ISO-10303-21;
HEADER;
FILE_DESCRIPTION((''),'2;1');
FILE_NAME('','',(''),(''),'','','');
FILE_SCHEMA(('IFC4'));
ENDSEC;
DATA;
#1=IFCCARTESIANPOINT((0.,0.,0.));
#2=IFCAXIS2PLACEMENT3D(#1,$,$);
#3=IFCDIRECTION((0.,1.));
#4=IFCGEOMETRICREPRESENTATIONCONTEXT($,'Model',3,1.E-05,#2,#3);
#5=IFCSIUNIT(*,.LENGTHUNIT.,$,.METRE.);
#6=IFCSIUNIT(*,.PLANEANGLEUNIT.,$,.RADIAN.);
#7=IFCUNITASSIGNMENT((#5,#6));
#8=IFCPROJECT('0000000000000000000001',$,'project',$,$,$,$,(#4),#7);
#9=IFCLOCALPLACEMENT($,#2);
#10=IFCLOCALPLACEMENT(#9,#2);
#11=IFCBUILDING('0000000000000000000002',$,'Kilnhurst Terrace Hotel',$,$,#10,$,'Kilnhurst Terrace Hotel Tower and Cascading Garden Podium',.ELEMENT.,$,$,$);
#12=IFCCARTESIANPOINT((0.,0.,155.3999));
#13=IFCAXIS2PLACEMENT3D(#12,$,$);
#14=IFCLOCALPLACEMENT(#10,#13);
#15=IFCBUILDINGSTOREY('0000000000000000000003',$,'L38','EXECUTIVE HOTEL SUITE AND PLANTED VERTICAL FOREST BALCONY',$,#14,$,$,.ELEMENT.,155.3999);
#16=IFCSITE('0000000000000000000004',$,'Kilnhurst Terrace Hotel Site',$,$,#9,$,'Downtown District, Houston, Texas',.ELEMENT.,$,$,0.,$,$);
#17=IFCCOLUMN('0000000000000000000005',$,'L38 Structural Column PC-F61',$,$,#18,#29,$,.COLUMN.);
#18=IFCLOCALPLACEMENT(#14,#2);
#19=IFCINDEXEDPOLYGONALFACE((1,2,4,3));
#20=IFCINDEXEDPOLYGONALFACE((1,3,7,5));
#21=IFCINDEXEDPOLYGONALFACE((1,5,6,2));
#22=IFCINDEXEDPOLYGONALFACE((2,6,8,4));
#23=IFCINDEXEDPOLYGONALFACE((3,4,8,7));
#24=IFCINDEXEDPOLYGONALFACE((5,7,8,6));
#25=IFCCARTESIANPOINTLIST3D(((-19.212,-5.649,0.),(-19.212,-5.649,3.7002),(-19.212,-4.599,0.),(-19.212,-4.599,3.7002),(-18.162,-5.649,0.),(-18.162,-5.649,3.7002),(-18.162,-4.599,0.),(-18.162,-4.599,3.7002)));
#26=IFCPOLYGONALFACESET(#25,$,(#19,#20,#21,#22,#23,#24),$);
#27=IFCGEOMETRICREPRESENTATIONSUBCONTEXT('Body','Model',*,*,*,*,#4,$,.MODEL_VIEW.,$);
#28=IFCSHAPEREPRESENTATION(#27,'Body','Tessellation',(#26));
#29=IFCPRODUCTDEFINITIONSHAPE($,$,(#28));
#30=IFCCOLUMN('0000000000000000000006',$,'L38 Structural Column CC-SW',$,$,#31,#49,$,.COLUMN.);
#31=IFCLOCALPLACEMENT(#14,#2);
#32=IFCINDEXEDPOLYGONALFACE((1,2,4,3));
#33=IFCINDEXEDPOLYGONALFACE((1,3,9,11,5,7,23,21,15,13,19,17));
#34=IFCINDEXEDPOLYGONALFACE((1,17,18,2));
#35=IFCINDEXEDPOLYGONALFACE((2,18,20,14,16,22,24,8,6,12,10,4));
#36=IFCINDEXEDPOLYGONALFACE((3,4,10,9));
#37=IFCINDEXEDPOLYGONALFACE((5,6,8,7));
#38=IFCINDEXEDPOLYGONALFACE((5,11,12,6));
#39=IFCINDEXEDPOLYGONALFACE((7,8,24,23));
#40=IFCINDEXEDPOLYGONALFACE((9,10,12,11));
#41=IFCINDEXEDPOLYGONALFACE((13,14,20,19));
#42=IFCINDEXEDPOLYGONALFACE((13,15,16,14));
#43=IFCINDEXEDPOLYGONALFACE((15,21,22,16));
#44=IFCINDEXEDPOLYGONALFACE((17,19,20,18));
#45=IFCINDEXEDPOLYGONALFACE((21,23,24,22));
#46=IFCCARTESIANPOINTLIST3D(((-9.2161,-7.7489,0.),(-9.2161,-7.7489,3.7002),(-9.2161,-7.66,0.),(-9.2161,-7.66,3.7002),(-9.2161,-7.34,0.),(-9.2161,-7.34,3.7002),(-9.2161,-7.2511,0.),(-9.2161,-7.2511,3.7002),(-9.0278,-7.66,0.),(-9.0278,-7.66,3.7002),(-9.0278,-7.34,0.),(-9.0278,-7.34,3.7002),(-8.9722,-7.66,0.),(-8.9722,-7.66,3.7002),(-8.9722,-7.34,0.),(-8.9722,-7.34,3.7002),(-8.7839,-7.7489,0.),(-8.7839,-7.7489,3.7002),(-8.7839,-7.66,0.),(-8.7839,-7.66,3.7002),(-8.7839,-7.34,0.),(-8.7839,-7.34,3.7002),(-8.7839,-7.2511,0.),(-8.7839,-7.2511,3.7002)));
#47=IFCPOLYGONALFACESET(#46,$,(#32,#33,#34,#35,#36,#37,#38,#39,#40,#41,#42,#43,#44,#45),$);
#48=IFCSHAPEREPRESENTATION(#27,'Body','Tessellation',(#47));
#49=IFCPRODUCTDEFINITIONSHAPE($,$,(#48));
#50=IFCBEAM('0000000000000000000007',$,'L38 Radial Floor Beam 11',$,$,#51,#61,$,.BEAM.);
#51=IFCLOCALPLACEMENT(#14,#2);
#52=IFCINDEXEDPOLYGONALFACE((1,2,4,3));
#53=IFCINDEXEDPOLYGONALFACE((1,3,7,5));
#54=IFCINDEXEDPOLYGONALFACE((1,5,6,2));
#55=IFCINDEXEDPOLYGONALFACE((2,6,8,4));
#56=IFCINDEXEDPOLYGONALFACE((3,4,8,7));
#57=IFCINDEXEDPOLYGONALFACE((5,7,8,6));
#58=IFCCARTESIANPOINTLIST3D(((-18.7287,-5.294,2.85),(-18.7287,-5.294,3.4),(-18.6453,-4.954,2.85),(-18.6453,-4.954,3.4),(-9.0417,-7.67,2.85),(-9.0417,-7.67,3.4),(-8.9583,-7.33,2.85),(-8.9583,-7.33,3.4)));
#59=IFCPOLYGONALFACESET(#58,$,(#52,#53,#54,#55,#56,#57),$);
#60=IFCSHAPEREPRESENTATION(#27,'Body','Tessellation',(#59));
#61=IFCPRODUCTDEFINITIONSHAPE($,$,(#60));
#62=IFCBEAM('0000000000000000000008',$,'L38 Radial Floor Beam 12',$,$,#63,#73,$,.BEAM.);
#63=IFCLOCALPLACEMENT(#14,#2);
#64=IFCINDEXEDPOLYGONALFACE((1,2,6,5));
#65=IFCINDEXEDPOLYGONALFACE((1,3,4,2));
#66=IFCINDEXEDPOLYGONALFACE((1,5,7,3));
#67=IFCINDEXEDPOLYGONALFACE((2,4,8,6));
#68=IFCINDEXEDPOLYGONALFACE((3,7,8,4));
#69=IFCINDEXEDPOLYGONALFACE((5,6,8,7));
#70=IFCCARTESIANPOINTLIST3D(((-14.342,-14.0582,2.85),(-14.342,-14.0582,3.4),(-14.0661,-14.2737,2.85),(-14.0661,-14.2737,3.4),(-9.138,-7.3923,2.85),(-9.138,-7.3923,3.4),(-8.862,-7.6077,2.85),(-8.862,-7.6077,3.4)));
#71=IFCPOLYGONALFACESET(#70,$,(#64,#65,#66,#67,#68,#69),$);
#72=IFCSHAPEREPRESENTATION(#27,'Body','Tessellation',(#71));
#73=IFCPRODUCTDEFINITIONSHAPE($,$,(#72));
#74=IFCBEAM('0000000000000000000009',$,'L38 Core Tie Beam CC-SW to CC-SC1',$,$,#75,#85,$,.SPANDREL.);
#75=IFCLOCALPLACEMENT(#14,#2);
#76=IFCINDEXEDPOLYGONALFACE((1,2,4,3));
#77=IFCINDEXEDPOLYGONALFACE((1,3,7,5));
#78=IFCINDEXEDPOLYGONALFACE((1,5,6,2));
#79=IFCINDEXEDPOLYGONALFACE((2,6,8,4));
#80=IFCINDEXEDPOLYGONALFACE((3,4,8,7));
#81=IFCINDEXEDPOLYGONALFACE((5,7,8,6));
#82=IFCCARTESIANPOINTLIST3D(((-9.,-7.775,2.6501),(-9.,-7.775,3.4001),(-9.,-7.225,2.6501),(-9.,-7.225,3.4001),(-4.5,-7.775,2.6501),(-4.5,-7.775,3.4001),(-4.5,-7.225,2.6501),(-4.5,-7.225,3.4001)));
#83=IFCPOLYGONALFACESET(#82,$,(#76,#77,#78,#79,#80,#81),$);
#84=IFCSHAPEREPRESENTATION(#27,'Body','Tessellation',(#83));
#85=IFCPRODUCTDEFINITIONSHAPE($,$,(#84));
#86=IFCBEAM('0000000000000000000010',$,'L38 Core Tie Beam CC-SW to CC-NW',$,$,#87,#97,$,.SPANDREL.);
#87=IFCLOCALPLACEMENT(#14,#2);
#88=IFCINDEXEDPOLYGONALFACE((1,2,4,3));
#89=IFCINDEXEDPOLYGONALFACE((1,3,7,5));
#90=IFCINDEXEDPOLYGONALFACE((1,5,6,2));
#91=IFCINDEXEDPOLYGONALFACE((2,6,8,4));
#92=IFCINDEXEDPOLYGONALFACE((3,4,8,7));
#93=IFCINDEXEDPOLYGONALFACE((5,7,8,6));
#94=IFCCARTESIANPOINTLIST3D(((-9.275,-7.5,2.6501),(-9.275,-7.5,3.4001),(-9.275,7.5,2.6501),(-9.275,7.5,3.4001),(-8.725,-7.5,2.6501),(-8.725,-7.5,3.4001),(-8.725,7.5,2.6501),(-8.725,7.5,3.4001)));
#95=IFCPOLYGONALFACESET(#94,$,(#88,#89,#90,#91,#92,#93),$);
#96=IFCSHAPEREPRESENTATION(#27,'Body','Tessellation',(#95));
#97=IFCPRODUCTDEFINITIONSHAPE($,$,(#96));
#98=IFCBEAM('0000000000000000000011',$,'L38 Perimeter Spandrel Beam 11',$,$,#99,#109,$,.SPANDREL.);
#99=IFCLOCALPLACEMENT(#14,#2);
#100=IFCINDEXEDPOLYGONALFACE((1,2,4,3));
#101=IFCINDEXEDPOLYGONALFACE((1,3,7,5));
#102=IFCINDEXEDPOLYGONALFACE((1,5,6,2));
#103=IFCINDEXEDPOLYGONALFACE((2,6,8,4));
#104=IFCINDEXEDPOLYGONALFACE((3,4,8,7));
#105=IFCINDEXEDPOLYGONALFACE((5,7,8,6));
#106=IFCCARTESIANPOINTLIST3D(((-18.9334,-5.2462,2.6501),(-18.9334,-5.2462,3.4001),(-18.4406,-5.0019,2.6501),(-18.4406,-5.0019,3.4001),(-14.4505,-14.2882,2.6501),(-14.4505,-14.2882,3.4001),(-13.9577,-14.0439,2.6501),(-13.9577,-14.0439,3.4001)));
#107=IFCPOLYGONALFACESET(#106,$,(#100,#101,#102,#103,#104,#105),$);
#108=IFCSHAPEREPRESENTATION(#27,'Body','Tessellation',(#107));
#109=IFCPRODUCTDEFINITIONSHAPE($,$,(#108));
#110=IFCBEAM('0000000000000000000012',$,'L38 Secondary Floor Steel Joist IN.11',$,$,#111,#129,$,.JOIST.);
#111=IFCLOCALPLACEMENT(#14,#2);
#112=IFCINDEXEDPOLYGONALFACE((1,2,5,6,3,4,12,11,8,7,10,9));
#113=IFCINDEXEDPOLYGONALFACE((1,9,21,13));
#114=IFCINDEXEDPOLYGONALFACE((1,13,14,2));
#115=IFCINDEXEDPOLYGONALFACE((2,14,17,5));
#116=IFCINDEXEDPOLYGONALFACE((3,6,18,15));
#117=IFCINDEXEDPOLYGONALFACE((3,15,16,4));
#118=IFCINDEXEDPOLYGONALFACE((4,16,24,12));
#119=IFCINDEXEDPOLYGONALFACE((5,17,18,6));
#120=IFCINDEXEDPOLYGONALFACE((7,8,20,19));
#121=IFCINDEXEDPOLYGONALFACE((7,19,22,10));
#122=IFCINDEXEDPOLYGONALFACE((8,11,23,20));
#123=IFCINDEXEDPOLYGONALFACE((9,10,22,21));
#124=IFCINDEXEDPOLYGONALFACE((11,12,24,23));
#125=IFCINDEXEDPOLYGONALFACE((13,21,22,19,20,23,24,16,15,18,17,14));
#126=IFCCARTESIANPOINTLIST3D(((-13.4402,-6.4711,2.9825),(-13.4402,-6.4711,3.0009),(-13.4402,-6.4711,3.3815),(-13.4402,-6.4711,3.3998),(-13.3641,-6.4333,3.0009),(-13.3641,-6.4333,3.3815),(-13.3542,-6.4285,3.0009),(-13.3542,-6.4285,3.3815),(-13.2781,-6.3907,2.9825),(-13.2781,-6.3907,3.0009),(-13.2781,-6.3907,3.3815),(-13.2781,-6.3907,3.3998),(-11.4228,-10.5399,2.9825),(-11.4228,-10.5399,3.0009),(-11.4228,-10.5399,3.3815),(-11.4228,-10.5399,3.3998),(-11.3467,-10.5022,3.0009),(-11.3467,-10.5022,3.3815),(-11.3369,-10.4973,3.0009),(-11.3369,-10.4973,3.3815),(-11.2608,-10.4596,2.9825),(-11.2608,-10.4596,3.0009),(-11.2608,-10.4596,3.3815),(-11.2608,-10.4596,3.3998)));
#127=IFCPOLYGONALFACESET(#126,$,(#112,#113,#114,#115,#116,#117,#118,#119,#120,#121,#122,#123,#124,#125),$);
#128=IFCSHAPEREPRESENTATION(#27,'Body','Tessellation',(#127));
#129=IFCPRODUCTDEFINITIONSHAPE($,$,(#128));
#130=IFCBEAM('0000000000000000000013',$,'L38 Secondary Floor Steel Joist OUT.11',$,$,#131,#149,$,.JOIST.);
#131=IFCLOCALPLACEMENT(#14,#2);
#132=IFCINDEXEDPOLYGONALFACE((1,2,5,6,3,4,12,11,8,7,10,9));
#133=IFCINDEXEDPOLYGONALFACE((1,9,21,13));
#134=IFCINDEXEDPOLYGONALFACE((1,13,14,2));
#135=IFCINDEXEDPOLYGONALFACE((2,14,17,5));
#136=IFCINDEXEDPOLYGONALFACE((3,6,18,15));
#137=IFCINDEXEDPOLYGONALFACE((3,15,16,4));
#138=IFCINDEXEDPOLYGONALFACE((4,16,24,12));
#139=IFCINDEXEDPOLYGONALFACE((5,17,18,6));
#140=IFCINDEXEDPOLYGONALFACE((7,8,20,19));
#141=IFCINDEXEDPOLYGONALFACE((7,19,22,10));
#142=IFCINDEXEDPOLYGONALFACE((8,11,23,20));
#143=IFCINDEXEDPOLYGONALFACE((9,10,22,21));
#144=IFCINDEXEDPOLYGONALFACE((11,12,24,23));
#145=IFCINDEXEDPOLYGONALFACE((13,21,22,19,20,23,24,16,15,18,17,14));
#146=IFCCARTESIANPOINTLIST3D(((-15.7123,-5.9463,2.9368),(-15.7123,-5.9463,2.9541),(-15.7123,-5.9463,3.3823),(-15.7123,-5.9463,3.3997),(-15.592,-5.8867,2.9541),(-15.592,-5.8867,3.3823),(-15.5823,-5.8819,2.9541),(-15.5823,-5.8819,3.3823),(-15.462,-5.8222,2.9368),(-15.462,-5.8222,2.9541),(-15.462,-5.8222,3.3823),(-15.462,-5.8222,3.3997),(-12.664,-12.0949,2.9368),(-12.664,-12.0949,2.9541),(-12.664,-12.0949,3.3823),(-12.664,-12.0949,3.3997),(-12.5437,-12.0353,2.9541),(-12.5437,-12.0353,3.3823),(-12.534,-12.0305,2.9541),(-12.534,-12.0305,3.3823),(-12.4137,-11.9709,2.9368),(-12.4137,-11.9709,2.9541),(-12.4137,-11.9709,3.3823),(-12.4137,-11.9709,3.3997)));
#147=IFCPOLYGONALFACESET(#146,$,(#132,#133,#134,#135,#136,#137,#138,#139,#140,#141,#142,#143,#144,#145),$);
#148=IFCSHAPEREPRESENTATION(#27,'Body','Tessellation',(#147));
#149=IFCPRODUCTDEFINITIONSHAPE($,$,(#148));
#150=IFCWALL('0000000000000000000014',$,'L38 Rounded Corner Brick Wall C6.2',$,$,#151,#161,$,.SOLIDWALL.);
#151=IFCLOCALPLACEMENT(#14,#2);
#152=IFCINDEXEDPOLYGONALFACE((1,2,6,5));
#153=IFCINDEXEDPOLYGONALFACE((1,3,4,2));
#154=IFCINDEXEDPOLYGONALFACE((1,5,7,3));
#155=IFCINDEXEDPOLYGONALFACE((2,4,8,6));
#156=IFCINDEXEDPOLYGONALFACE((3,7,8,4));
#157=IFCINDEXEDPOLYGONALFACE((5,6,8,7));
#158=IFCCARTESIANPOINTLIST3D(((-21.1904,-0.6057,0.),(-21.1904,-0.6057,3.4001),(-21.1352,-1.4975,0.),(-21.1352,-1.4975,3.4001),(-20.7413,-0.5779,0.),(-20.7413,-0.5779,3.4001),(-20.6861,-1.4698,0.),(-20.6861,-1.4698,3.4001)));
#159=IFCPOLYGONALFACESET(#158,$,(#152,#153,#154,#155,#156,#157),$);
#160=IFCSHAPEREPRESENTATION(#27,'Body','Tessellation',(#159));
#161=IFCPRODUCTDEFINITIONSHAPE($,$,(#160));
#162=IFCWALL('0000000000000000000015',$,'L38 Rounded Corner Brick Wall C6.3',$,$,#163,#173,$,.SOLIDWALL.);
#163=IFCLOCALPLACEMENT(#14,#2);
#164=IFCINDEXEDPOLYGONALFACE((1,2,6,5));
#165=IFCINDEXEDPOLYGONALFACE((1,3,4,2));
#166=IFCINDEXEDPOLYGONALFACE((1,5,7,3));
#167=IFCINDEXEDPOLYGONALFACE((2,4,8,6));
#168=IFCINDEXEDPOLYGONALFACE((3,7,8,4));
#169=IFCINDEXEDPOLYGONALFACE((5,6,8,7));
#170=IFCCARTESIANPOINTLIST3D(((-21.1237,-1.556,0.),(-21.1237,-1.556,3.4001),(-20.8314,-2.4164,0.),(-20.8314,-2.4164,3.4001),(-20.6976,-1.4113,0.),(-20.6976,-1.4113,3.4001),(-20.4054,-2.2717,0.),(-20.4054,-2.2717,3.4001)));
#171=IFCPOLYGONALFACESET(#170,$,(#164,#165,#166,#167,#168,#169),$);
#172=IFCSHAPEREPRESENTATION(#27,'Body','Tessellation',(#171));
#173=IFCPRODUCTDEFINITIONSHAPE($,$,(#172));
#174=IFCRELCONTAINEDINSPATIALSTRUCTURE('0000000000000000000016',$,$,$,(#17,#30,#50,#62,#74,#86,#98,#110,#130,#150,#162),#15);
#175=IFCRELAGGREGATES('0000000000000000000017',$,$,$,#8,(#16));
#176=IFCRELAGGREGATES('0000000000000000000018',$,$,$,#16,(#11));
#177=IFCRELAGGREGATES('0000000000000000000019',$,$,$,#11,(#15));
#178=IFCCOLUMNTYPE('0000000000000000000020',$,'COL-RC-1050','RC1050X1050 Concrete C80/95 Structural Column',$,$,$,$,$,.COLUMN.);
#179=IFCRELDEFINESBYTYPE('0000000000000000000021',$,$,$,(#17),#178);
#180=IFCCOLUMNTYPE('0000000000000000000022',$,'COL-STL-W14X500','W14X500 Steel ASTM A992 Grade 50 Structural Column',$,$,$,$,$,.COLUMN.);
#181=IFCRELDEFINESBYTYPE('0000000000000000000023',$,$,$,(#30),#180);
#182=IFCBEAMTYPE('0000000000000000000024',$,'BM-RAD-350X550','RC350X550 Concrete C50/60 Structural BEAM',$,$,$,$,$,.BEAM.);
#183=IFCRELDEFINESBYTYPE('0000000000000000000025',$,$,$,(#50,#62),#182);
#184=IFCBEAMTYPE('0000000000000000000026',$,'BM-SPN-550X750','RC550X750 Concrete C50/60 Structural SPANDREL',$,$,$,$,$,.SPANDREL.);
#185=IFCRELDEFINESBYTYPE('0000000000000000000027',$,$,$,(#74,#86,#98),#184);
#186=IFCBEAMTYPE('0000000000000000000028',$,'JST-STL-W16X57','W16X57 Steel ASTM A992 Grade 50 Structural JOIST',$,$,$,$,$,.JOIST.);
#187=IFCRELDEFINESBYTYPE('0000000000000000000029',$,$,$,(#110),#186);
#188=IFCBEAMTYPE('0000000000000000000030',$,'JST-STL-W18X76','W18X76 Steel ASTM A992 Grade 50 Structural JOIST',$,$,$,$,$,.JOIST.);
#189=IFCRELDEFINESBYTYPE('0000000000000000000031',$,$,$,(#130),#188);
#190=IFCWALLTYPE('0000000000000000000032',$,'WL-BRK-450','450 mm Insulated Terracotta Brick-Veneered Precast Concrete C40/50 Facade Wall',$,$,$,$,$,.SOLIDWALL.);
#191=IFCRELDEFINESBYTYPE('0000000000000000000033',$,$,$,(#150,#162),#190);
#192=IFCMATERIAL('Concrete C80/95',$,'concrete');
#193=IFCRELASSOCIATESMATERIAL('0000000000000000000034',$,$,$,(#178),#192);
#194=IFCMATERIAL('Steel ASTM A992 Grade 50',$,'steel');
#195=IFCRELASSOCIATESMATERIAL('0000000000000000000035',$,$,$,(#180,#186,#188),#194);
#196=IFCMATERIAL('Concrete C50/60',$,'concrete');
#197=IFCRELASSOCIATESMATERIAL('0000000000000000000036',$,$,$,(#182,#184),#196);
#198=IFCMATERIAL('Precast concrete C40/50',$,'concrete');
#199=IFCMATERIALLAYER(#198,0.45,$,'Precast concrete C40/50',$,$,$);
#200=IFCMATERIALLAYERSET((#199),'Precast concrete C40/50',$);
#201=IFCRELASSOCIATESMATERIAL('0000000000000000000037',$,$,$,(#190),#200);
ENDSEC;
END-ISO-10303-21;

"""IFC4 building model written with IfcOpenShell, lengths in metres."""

from ifc_helpers import new_model, si_unit, direction, frame, frame_2d, origin, origin_2d, place, context, subcontext, project, spatial, rectangle, i_section, extrude, material, layer, layer_set, material_profile, profile_set, type_object, element, save


model = new_model("IFC4")

# Units and contexts
model_context = context("Model", 3, precision=1e-05, world=origin(), true_north=direction((0.0, 1.0)))
body_context = subcontext(model_context, "Body", "Model", "MODEL_VIEW")
ifc_project = project(units=[si_unit("LENGTHUNIT", "METRE"), si_unit("PLANEANGLEUNIT", "RADIAN")], contexts=[model_context])

# Site, building, storey
site_placement = place(None, origin())
site = spatial("IfcSite", under=ifc_project, at=site_placement, Name="Kilnhurst Terrace Hotel Site", LongName="Downtown District, Houston, Texas", CompositionType="ELEMENT", RefElevation=0.0)
building_placement = place(site_placement, origin())
building = spatial("IfcBuilding", under=site, at=building_placement, Name="Kilnhurst Terrace Hotel", LongName="Kilnhurst Terrace Hotel Tower and Cascading Garden Podium", CompositionType="ELEMENT")
storey_placement = place(building_placement, frame((0.0, 0.0, 155.3999)))
storey = spatial("IfcBuildingStorey", under=building, at=storey_placement, Name="L38", Description="EXECUTIVE HOTEL SUITE AND PLANTED VERTICAL FOREST BALCONY", CompositionType="ELEMENT", Elevation=155.3999)

# Columns
ifc_material_1 = material(Name="Concrete C80/95", Category="concrete")
ifc_material_profile_1 = material_profile(ifc_material_1, rectangle(XDim=1.05, YDim=1.05, at=origin_2d()), Name="RC1050X1050")
ifc_profile_set_1 = profile_set([ifc_material_profile_1], Name="Concrete C80/95")
column_type_1 = type_object("IfcColumnType", Name="COL-RC-1050", Description="RC1050X1050 Concrete C80/95 Structural Column", PredefinedType="COLUMN", material=ifc_profile_set_1)
column_1_placement = place(storey_placement, frame((-18.687, -5.124, 0.0), z_axis=(0.0, 0.0, 1.0), x_axis=(1.0, 0.0, 0.0)))
element("IfcColumn", 1, at=column_1_placement, inside=storey, type_object=column_type_1, Name="L38 Structural Column PC-F61", PredefinedType="COLUMN", context=body_context, shape_type="SweptSolid", body=[
    extrude(rectangle(XDim=1.05, YDim=1.05, at=origin_2d()), origin(), (0.0, 0.0, 1.0), 3.7002),
])
ifc_material_2 = material(Name="Steel ASTM A992 Grade 50", Category="steel")
ifc_material_profile_2 = material_profile(ifc_material_2, i_section(OverallWidth=0.4321, OverallDepth=0.4978, WebThickness=0.0557, FlangeThickness=0.0889, at=origin_2d()), Name="W14X500")
ifc_profile_set_2 = profile_set([ifc_material_profile_2], Name="Steel ASTM A992 Grade 50")
column_type_2 = type_object("IfcColumnType", Name="COL-STL-W14X500", Description="W14X500 Steel ASTM A992 Grade 50 Structural Column", PredefinedType="COLUMN", material=ifc_profile_set_2)
column_2_placement = place(storey_placement, frame((-9.0, -7.5, 0.0), z_axis=(0.0, 0.0, 1.0), x_axis=(1.0, 0.0, 0.0)))
element("IfcColumn", 2, at=column_2_placement, inside=storey, type_object=column_type_2, Name="L38 Structural Column CC-SW", PredefinedType="COLUMN", context=body_context, shape_type="SweptSolid", body=[
    extrude(i_section(OverallWidth=0.4321, OverallDepth=0.4978, WebThickness=0.0557, FlangeThickness=0.0889, at=origin_2d()), origin(), (0.0, 0.0, 1.0), 3.7002),
])

# Beams
ifc_material_3 = material(Name="Concrete C50/60", Category="concrete")
ifc_material_profile_3 = material_profile(ifc_material_3, rectangle(XDim=0.3501, YDim=0.55, at=origin_2d()), Name="RC350X550")
ifc_profile_set_3 = profile_set([ifc_material_profile_3], Name="Concrete C50/60")
beam_type_1 = type_object("IfcBeamType", Name="BM-RAD-350X550", Description="RC350X550 Concrete C50/60 Structural BEAM", PredefinedType="BEAM", material=ifc_profile_set_3)
beam_1_placement = place(storey_placement, frame((-9.0, -7.5, 3.125), z_axis=(-0.971213, 0.238214, 0.0), x_axis=(-0.238214, -0.971213, 0.0)))
element("IfcBeam", 3, at=beam_1_placement, inside=storey, type_object=beam_type_1, Name="L38 Radial Floor Beam 11", PredefinedType="BEAM", context=body_context, shape_type="SweptSolid", body=[
    extrude(rectangle(XDim=0.3501, YDim=0.55, at=origin_2d()), origin(), (0.0, 0.0, 1.0), 9.9741),
])
beam_2_placement = place(storey_placement, frame((-9.0, -7.5, 3.125), z_axis=(-0.615371, -0.788238, 0.0), x_axis=(0.788238, -0.615371, 0.0)))
element("IfcBeam", 4, at=beam_2_placement, inside=storey, type_object=beam_type_1, Name="L38 Radial Floor Beam 12", PredefinedType="BEAM", context=body_context, shape_type="SweptSolid", body=[
    extrude(rectangle(XDim=0.3501, YDim=0.55, at=origin_2d()), origin(), (0.0, 0.0, 1.0), 8.4568),
])
ifc_material_profile_4 = material_profile(ifc_material_3, rectangle(XDim=0.55, YDim=0.75, at=origin_2d()), Name="RC550X750")
ifc_profile_set_4 = profile_set([ifc_material_profile_4], Name="Concrete C50/60")
beam_type_2 = type_object("IfcBeamType", Name="BM-SPN-550X750", Description="RC550X750 Concrete C50/60 Structural SPANDREL", PredefinedType="SPANDREL", material=ifc_profile_set_4)
beam_3_placement = place(storey_placement, frame((-9.0, -7.5, 3.0251), z_axis=(1.0, 0.0, 0.0), x_axis=(0.0, 1.0, 0.0)))
element("IfcBeam", 5, at=beam_3_placement, inside=storey, type_object=beam_type_2, Name="L38 Core Tie Beam CC-SW to CC-SC1", PredefinedType="SPANDREL", context=body_context, shape_type="SweptSolid", body=[
    extrude(rectangle(XDim=0.55, YDim=0.75, at=origin_2d()), origin(), (0.0, 0.0, 1.0), 4.5),
])
beam_4_placement = place(storey_placement, frame((-9.0, -7.5, 3.0251), z_axis=(0.0, 1.0, 0.0), x_axis=(-1.0, 0.0, 0.0)))
element("IfcBeam", 6, at=beam_4_placement, inside=storey, type_object=beam_type_2, Name="L38 Core Tie Beam CC-SW to CC-NW", PredefinedType="SPANDREL", context=body_context, shape_type="SweptSolid", body=[
    extrude(rectangle(XDim=0.55, YDim=0.75, at=origin_2d()), origin(), (0.0, 0.0, 1.0), 15.0),
])
beam_5_placement = place(storey_placement, frame((-18.687, -5.124, 3.0251), z_axis=(0.444192, -0.895932, 0.0), x_axis=(0.895932, 0.444192, 0.0)))
element("IfcBeam", 7, at=beam_5_placement, inside=storey, type_object=beam_type_2, Name="L38 Perimeter Spandrel Beam 11", PredefinedType="SPANDREL", context=body_context, shape_type="SweptSolid", body=[
    extrude(rectangle(XDim=0.55, YDim=0.75, at=origin_2d()), origin(), (0.0, 0.0, 1.0), 10.0923),
])
ifc_material_profile_5 = material_profile(ifc_material_2, i_section(OverallWidth=0.1809, OverallDepth=0.4172, WebThickness=0.011, FlangeThickness=0.0183, at=origin_2d()), Name="W16X57")
ifc_profile_set_5 = profile_set([ifc_material_profile_5], Name="Steel ASTM A992 Grade 50")
beam_type_3 = type_object("IfcBeamType", Name="JST-STL-W16X57", Description="W16X57 Steel ASTM A992 Grade 50 Structural JOIST", PredefinedType="JOIST", material=ifc_profile_set_5)
beam_6_placement = place(storey_placement, frame((-13.3591, -6.4309, 3.1912), z_axis=(0.444201, -0.895927, 0.0), x_axis=(0.895927, 0.444201, 0.0)))
element("IfcBeam", 8, at=beam_6_placement, inside=storey, type_object=beam_type_3, Name="L38 Secondary Floor Steel Joist IN.11", PredefinedType="JOIST", context=body_context, shape_type="SweptSolid", body=[
    extrude(i_section(OverallWidth=0.1809, OverallDepth=0.4172, WebThickness=0.011, FlangeThickness=0.0183, at=origin_2d()), origin(), (0.0, 0.0, 1.0), 4.5415),
])
ifc_material_profile_6 = material_profile(ifc_material_2, i_section(OverallWidth=0.2793, OverallDepth=0.4629, WebThickness=0.0107, FlangeThickness=0.0173, at=origin_2d()), Name="W18X76")
ifc_profile_set_6 = profile_set([ifc_material_profile_6], Name="Steel ASTM A992 Grade 50")
beam_type_4 = type_object("IfcBeamType", Name="JST-STL-W18X76", Description="W18X76 Steel ASTM A992 Grade 50 Structural JOIST", PredefinedType="JOIST", material=ifc_profile_set_6)
beam_7_placement = place(storey_placement, frame((-15.5872, -5.8843, 3.1682), z_axis=(0.44418, -0.895938, 0.0), x_axis=(0.895938, 0.44418, 0.0)))
element("IfcBeam", 9, at=beam_7_placement, inside=storey, type_object=beam_type_4, Name="L38 Secondary Floor Steel Joist OUT.11", PredefinedType="JOIST", context=body_context, shape_type="SweptSolid", body=[
    extrude(i_section(OverallWidth=0.2793, OverallDepth=0.4629, WebThickness=0.0107, FlangeThickness=0.0173, at=origin_2d()), origin(), (0.0, 0.0, 1.0), 6.8628),
])

# Walls
ifc_material_4 = material(Name="Precast concrete C40/50", Category="concrete")
ifc_layer_1 = layer(ifc_material_4, 0.45, Name="Precast concrete C40/50")
ifc_layer_set_1 = layer_set([ifc_layer_1], Name="Precast concrete C40/50")
wall_type_1 = type_object("IfcWallType", Name="WL-BRK-450", Description="450 mm Insulated Terracotta Brick-Veneered Precast Concrete C40/50 Facade Wall", PredefinedType="SOLIDWALL", material=ifc_layer_set_1)
wall_1_placement = place(storey_placement, frame((-20.9658, -0.5918, 0.0), z_axis=(0.0, 0.0, 1.0), x_axis=(0.061749, -0.998092, 0.0)))
element("IfcWall", 10, at=wall_1_placement, inside=storey, type_object=wall_type_1, Name="L38 Rounded Corner Brick Wall C6.2", PredefinedType="SOLIDWALL", context=body_context, shape_type="SweptSolid", body=[
    extrude(rectangle(XDim=0.8936, YDim=0.45, at=frame_2d((0.4468, 0.0))), origin(), (0.0, 0.0, 1.0), 3.4001),
])
wall_2_placement = place(storey_placement, frame((-20.9106, -1.4836, 0.0), z_axis=(0.0, 0.0, 1.0), x_axis=(0.321623, -0.946868, 0.0)))
element("IfcWall", 11, at=wall_2_placement, inside=storey, type_object=wall_type_1, Name="L38 Rounded Corner Brick Wall C6.3", PredefinedType="SOLIDWALL", context=body_context, shape_type="SweptSolid", body=[
    extrude(rectangle(XDim=0.9087, YDim=0.45, at=frame_2d((0.4543, 0.0))), origin(), (0.0, 0.0, 1.0), 3.4001),
])

save(model, "model.ifc")
